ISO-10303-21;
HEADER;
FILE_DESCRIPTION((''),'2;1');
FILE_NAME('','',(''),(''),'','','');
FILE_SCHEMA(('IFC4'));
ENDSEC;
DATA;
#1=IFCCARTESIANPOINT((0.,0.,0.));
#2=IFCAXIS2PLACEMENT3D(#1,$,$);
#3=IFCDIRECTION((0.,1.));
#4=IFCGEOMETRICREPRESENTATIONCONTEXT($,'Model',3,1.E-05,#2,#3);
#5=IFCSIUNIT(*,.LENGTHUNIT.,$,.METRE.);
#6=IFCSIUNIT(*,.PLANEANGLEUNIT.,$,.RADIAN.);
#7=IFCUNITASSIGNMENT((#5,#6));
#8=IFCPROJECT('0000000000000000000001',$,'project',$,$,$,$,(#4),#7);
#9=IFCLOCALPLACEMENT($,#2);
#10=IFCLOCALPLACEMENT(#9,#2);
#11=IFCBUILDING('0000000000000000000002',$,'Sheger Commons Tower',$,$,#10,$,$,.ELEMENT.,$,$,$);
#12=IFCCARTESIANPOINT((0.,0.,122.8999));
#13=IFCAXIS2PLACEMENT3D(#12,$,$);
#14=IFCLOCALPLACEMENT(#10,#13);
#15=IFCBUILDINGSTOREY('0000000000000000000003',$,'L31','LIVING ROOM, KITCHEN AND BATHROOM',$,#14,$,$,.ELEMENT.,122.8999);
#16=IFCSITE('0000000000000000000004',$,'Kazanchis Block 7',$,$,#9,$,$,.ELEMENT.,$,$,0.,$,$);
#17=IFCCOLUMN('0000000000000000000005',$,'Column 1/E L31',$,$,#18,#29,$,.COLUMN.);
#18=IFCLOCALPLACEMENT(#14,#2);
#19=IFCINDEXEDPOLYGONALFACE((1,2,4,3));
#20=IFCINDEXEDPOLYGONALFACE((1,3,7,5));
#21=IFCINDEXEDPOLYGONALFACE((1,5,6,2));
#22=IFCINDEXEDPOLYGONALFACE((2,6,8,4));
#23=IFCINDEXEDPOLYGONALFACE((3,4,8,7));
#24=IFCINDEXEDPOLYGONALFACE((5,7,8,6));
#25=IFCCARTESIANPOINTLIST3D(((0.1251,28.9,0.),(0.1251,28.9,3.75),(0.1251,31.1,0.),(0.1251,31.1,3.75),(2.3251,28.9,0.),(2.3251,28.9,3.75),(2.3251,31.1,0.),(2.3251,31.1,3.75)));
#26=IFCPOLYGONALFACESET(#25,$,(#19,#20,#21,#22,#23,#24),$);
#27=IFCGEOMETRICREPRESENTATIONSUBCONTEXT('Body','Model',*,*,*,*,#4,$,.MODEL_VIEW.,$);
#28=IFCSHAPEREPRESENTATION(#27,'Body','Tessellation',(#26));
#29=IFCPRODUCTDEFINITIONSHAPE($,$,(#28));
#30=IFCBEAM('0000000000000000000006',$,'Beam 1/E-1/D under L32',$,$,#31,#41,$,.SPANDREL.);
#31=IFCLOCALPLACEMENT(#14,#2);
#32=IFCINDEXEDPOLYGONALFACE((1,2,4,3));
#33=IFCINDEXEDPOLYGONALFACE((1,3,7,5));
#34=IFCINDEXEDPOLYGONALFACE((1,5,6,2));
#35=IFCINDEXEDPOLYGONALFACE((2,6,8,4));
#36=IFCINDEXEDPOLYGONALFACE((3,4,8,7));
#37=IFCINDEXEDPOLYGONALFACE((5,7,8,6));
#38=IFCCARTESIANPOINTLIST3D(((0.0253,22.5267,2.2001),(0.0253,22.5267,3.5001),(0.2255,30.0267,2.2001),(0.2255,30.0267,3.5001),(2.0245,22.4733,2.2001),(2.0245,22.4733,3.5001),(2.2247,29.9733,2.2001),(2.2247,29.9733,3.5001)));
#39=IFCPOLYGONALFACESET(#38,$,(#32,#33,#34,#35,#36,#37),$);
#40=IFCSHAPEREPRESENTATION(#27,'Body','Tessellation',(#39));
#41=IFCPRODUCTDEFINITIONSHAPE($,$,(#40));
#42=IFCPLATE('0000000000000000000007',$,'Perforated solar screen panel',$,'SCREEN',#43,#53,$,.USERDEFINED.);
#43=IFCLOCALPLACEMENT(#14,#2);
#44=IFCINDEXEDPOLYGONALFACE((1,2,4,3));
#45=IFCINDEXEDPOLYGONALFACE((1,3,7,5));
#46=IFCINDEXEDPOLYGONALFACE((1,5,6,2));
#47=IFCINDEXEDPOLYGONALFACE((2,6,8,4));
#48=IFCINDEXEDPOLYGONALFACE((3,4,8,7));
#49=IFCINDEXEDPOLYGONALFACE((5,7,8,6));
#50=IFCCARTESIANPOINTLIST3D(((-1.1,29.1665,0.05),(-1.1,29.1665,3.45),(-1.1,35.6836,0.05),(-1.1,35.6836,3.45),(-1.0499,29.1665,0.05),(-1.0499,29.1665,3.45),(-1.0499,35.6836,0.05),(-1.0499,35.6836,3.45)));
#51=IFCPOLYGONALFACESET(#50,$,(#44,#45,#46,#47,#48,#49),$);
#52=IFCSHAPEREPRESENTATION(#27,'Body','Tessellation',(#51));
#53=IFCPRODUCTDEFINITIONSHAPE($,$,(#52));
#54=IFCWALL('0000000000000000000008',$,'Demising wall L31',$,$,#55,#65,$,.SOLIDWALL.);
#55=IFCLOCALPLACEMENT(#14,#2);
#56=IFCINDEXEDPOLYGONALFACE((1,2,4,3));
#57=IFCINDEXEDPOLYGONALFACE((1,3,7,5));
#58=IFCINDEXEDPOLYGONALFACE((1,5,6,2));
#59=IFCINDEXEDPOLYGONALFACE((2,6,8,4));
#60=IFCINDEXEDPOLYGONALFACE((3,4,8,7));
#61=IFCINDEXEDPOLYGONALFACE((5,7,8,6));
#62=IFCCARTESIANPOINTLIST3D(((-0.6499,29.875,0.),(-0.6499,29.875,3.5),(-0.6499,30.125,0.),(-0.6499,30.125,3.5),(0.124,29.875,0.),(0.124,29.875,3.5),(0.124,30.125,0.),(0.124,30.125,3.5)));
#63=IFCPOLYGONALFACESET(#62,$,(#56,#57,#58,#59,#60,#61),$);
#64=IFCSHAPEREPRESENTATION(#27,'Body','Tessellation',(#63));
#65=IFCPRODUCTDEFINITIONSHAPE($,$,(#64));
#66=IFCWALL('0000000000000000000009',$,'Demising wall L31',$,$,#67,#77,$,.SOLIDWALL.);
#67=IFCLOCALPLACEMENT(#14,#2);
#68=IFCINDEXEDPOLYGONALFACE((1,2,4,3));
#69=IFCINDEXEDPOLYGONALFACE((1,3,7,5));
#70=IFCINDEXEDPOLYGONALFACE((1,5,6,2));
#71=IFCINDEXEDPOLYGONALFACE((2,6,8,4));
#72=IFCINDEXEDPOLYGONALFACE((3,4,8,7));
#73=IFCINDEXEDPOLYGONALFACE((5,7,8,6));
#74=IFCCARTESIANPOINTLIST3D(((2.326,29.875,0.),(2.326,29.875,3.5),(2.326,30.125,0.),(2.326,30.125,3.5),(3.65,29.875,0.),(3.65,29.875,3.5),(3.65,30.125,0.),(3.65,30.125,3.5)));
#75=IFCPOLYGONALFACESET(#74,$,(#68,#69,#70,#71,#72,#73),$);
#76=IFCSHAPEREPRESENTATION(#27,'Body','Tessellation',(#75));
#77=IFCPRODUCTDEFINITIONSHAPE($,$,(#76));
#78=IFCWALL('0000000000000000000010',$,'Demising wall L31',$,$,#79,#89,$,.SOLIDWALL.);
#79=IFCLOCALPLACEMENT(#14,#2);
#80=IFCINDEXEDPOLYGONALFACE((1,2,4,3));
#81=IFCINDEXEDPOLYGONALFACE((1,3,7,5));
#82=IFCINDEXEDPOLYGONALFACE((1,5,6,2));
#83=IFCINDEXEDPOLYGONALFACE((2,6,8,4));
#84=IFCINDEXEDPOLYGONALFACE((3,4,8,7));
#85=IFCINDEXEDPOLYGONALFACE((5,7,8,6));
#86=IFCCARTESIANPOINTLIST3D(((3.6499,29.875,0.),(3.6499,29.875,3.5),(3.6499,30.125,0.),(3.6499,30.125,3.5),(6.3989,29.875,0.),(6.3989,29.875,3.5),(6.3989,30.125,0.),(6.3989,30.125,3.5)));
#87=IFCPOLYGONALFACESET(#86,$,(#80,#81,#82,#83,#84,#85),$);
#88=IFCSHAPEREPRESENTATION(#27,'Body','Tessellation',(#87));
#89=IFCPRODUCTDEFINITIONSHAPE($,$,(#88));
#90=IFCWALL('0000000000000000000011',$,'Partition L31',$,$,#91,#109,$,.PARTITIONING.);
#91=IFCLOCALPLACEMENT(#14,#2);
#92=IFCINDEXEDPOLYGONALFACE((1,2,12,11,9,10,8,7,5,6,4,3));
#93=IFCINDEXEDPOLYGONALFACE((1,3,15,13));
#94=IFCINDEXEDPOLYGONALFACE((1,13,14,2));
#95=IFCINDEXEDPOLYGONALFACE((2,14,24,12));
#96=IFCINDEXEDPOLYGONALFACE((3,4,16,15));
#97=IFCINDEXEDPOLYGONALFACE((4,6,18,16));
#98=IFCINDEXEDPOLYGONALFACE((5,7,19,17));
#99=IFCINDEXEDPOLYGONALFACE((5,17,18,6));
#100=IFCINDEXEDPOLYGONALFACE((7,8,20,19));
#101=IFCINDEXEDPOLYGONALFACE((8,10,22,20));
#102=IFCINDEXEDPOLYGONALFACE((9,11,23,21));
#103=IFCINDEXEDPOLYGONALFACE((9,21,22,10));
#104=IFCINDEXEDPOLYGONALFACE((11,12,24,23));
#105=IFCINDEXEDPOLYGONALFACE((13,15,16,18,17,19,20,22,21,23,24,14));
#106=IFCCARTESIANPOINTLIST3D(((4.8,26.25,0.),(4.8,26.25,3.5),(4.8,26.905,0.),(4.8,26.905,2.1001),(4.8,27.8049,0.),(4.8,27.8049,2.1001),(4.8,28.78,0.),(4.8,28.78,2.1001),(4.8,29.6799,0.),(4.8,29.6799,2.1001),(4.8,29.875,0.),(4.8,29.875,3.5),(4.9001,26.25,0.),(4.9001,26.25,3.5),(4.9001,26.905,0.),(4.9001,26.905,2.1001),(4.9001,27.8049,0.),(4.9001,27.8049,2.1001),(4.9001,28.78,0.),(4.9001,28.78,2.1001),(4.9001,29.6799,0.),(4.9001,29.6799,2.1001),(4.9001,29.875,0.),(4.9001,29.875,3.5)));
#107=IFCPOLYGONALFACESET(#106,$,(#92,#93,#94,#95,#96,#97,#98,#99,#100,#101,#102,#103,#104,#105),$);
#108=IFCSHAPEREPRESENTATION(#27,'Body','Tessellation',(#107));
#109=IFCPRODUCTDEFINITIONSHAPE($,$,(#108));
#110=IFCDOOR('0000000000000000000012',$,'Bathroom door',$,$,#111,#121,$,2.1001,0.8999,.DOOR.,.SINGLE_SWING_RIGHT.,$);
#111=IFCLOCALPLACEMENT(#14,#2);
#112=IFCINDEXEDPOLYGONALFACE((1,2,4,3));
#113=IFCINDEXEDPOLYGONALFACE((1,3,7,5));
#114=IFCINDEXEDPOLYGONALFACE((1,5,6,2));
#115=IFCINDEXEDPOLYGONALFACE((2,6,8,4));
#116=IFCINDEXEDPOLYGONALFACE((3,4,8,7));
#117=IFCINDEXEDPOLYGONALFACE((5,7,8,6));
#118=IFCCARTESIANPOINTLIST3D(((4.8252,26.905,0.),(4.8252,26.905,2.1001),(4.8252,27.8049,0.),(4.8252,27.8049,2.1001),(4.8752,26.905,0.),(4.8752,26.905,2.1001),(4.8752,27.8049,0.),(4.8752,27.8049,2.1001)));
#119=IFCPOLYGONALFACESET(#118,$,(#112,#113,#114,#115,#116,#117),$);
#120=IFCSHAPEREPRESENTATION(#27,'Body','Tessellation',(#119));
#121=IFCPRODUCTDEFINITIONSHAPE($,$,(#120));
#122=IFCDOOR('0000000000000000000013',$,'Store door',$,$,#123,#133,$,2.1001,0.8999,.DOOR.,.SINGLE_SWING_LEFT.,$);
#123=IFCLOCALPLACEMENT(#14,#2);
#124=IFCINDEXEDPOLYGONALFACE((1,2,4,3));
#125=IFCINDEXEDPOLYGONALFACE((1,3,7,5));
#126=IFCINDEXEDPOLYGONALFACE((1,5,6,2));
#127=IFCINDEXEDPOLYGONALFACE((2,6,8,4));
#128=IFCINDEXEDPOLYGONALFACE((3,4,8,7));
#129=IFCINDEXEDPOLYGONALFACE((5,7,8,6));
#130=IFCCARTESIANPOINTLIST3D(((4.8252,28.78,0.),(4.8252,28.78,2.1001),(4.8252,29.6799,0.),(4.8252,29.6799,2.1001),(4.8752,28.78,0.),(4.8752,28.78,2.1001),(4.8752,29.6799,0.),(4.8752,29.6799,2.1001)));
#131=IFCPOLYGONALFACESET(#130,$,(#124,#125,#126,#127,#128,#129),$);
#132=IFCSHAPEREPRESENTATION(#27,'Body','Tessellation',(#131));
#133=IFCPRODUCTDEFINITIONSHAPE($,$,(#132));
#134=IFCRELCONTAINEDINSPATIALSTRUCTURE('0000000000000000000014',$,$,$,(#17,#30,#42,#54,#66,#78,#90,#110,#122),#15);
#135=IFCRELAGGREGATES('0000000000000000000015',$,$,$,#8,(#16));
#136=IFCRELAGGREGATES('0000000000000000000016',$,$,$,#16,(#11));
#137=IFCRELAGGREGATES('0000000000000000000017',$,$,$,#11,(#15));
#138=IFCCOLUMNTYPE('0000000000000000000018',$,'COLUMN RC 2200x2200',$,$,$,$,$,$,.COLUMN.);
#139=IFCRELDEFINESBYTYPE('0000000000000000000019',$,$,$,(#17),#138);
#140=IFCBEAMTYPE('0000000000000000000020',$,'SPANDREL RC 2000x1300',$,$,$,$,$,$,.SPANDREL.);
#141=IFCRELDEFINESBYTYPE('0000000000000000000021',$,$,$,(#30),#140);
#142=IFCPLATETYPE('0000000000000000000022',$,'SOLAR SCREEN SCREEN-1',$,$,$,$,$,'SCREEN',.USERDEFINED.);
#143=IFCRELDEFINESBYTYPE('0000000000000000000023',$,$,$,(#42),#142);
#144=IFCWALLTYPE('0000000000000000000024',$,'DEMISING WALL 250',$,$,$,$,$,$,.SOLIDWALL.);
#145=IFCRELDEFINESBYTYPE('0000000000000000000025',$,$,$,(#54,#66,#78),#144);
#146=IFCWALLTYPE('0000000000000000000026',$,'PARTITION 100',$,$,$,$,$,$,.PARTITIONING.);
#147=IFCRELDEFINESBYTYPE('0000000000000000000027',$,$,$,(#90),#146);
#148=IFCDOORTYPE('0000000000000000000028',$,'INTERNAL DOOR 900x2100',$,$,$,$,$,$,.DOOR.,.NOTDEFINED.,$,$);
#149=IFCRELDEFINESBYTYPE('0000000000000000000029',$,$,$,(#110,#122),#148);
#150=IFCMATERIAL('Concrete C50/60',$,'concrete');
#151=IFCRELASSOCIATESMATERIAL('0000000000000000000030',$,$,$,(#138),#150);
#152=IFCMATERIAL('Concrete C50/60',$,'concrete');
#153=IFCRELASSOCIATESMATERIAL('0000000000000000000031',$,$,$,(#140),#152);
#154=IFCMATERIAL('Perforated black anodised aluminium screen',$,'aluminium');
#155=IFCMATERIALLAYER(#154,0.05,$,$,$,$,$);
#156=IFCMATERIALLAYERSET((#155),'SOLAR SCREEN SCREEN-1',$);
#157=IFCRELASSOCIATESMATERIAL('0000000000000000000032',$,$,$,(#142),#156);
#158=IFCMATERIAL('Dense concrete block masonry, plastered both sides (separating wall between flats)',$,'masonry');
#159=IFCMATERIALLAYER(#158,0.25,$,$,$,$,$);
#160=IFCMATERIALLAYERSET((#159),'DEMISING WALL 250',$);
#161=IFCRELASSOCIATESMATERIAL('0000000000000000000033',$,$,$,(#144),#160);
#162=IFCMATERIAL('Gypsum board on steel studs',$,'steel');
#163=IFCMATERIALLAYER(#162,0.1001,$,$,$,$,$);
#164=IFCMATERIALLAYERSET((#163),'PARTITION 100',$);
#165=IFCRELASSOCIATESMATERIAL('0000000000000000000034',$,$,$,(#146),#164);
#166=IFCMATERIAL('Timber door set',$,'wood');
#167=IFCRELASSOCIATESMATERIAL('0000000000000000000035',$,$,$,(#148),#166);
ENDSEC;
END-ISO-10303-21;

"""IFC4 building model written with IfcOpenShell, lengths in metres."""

from ifc_helpers import new_model, si_unit, direction, frame, frame_2d, origin, origin_2d, place, context, subcontext, project, spatial, rectangle, extrude, material, layer, layer_set, material_profile, profile_set, type_object, element, fill, save


model = new_model("IFC4")

# Units and contexts
model_context = context("Model", 3, precision=1e-05, world=origin(), true_north=direction((0.0, 1.0)))
body_context = subcontext(model_context, "Body", "Model", "MODEL_VIEW")
ifc_project = project(units=[si_unit("LENGTHUNIT", "METRE"), si_unit("PLANEANGLEUNIT", "RADIAN")], contexts=[model_context])

# Site, building, storey
site_placement = place(None, origin())
site = spatial("IfcSite", under=ifc_project, at=site_placement, Name="Kazanchis Block 7", CompositionType="ELEMENT", RefElevation=0.0)
building_placement = place(site_placement, origin())
building = spatial("IfcBuilding", under=site, at=building_placement, Name="Sheger Commons Tower", CompositionType="ELEMENT")
storey_placement = place(building_placement, frame((0.0, 0.0, 122.8999)))
storey = spatial("IfcBuildingStorey", under=building, at=storey_placement, Name="L31", Description="LIVING ROOM, KITCHEN AND BATHROOM", CompositionType="ELEMENT", Elevation=122.8999)

# Column
ifc_material_1 = material(Name="Concrete C50/60", Category="concrete")
ifc_material_profile_1 = material_profile(ifc_material_1, rectangle(XDim=2.2, YDim=2.2, at=origin_2d()), Name="RC 2200x2200")
ifc_profile_set_1 = profile_set([ifc_material_profile_1], Name="Concrete C50/60")
column_type = type_object("IfcColumnType", Name="COLUMN RC 2200x2200", PredefinedType="COLUMN", material=ifc_profile_set_1)
column_placement = place(storey_placement, frame((1.2251, 30.0, 0.0), z_axis=(0.0, 0.0, 1.0), x_axis=(1.0, 0.0, 0.0)))
element("IfcColumn", 1, at=column_placement, inside=storey, type_object=column_type, Name="Column 1/E L31", PredefinedType="COLUMN", context=body_context, shape_type="SweptSolid", body=[
    extrude(rectangle(XDim=2.2, YDim=2.2, at=origin_2d()), origin(), (0.0, 0.0, 1.0), 3.75),
])

# Beam
ifc_material_2 = material(Name="Concrete C50/60", Category="concrete")
ifc_material_profile_2 = material_profile(ifc_material_2, rectangle(XDim=2.0, YDim=1.3, at=origin_2d()), Name="RC 2000x1300")
ifc_profile_set_2 = profile_set([ifc_material_profile_2], Name="Concrete C50/60")
beam_type = type_object("IfcBeamType", Name="SPANDREL RC 2000x1300", PredefinedType="SPANDREL", material=ifc_profile_set_2)
beam_placement = place(storey_placement, frame((1.2251, 30.0, 2.8501), z_axis=(-0.026683, -0.999644, 0.0), x_axis=(0.999644, -0.026683, 0.0)))
element("IfcBeam", 2, at=beam_placement, inside=storey, type_object=beam_type, Name="Beam 1/E-1/D under L32", PredefinedType="SPANDREL", context=body_context, shape_type="SweptSolid", body=[
    extrude(rectangle(XDim=2.0, YDim=1.3, at=origin_2d()), origin(), (0.0, 0.0, 1.0), 7.5027),
])

# Plate
ifc_material_3 = material(Name="Perforated black anodised aluminium screen", Category="aluminium")
ifc_layer_1 = layer(ifc_material_3, 0.05)
ifc_layer_set_1 = layer_set([ifc_layer_1], Name="SOLAR SCREEN SCREEN-1")
plate_type = type_object("IfcPlateType", Name="SOLAR SCREEN SCREEN-1", ElementType="SCREEN", PredefinedType="USERDEFINED", material=ifc_layer_set_1)
plate_placement = place(storey_placement, frame((-1.075, 32.425, 0.05), z_axis=(0.0, 0.0, 1.0), x_axis=(0.0, -1.0, 0.0)))
element("IfcPlate", 3, at=plate_placement, inside=storey, type_object=plate_type, Name="Perforated solar screen panel", ObjectType="SCREEN", PredefinedType="USERDEFINED", context=body_context, shape_type="SweptSolid", body=[
    extrude(rectangle(XDim=6.5171, YDim=0.05, at=origin_2d()), origin(), (0.0, 0.0, 1.0), 3.3999),
])

# Walls
ifc_material_4 = material(Name="Dense concrete block masonry, plastered both sides (separating wall between flats)", Category="masonry")
ifc_layer_2 = layer(ifc_material_4, 0.25)
ifc_layer_set_2 = layer_set([ifc_layer_2], Name="DEMISING WALL 250")
wall_type_1 = type_object("IfcWallType", Name="DEMISING WALL 250", PredefinedType="SOLIDWALL", material=ifc_layer_set_2)
wall_1_placement = place(storey_placement, frame((-0.6499, 30.0, 0.0), z_axis=(0.0, 0.0, 1.0), x_axis=(1.0, 0.0, 0.0)))
element("IfcWall", 4, at=wall_1_placement, inside=storey, type_object=wall_type_1, Name="Demising wall L31", PredefinedType="SOLIDWALL", context=body_context, shape_type="SweptSolid", body=[
    extrude(rectangle(XDim=0.7739, YDim=0.25, at=frame_2d((0.387, 0.0))), origin(), (0.0, 0.0, 1.0), 3.5),
])
wall_2_placement = place(storey_placement, frame((2.3259, 30.0, 0.0), z_axis=(0.0, 0.0, 1.0), x_axis=(1.0, 0.0, 0.0)))
element("IfcWall", 5, at=wall_2_placement, inside=storey, type_object=wall_type_1, Name="Demising wall L31", PredefinedType="SOLIDWALL", context=body_context, shape_type="SweptSolid", body=[
    extrude(rectangle(XDim=1.324, YDim=0.25, at=frame_2d((0.6621, 0.0))), origin(), (0.0, 0.0, 1.0), 3.5),
])
wall_3_placement = place(storey_placement, frame((3.6499, 30.0, 0.0), z_axis=(0.0, 0.0, 1.0), x_axis=(1.0, 0.0, 0.0)))
element("IfcWall", 6, at=wall_3_placement, inside=storey, type_object=wall_type_1, Name="Demising wall L31", PredefinedType="SOLIDWALL", context=body_context, shape_type="SweptSolid", body=[
    extrude(rectangle(XDim=2.749, YDim=0.25, at=frame_2d((1.3745, 0.0))), origin(), (0.0, 0.0, 1.0), 3.5),
])

# Wall, openings, doors
ifc_material_5 = material(Name="Gypsum board on steel studs", Category="steel")
ifc_layer_3 = layer(ifc_material_5, 0.1001)
ifc_layer_set_3 = layer_set([ifc_layer_3], Name="PARTITION 100")
wall_type_2 = type_object("IfcWallType", Name="PARTITION 100", PredefinedType="PARTITIONING", material=ifc_layer_set_3)
wall_4_placement = place(storey_placement, frame((4.8501, 26.25, 0.0), z_axis=(0.0, 0.0, 1.0), x_axis=(0.0, 1.0, 0.0)))
wall_4 = element("IfcWall", 7, at=wall_4_placement, inside=storey, type_object=wall_type_2, Name="Partition L31", PredefinedType="PARTITIONING", context=body_context, shape_type="SweptSolid", body=[
    extrude(rectangle(XDim=3.625, YDim=0.1001, at=frame_2d((1.8125, 0.0))), origin(), (0.0, 0.0, 1.0), 3.5),
])
opening_1_placement = place(wall_4_placement, frame((0.655, 0.0, 0.0)))
opening_1 = element("IfcOpeningElement", 8, at=opening_1_placement, cuts=wall_4, PredefinedType="OPENING", context=body_context, shape_type="SweptSolid", body=[
    extrude(rectangle(XDim=0.8999, YDim=2.1001, at=frame_2d((0.45, 1.05))), frame((0.0, 0.0601, 0.0), z_axis=(0.0, -1.0, 0.0), x_axis=(1.0, 0.0, 0.0)), (0.0, 0.0, 1.0), 0.1201),
])
opening_2_placement = place(wall_4_placement, frame((2.53, 0.0, 0.0)))
opening_2 = element("IfcOpeningElement", 9, at=opening_2_placement, cuts=wall_4, PredefinedType="OPENING", context=body_context, shape_type="SweptSolid", body=[
    extrude(rectangle(XDim=0.8999, YDim=2.1001, at=frame_2d((0.45, 1.05))), frame((0.0, 0.0601, 0.0), z_axis=(0.0, -1.0, 0.0), x_axis=(1.0, 0.0, 0.0)), (0.0, 0.0, 1.0), 0.1201),
])
ifc_material_6 = material(Name="Timber door set", Category="wood")
door_type = type_object("IfcDoorType", Name="INTERNAL DOOR 900x2100", OperationType="NOTDEFINED", PredefinedType="DOOR", material=ifc_material_6)
door_1_placement = place(opening_1_placement, origin())
door_1 = element("IfcDoor", 10, at=door_1_placement, inside=storey, type_object=door_type, Name="Bathroom door", OperationType="SINGLE_SWING_RIGHT", OverallHeight=2.1001, OverallWidth=0.8999, PredefinedType="DOOR", context=body_context, shape_type="SweptSolid", body=[
    extrude(rectangle(XDim=0.8999, YDim=2.1001, at=frame_2d((0.45, 1.05))), frame((0.0, 0.0249, 0.0), z_axis=(0.0, -1.0, 0.0), x_axis=(1.0, 0.0, 0.0)), (0.0, 0.0, 1.0), 0.05),
])
fill(opening_1, door_1)
door_2_placement = place(opening_2_placement, origin())
door_2 = element("IfcDoor", 11, at=door_2_placement, inside=storey, type_object=door_type, Name="Store door", OperationType="SINGLE_SWING_LEFT", OverallHeight=2.1001, OverallWidth=0.8999, PredefinedType="DOOR", context=body_context, shape_type="SweptSolid", body=[
    extrude(rectangle(XDim=0.8999, YDim=2.1001, at=frame_2d((0.45, 1.05))), frame((0.0, 0.0249, 0.0), z_axis=(0.0, -1.0, 0.0), x_axis=(1.0, 0.0, 0.0)), (0.0, 0.0, 1.0), 0.05),
])
fill(opening_2, door_2)

save(model, "model.ifc")
